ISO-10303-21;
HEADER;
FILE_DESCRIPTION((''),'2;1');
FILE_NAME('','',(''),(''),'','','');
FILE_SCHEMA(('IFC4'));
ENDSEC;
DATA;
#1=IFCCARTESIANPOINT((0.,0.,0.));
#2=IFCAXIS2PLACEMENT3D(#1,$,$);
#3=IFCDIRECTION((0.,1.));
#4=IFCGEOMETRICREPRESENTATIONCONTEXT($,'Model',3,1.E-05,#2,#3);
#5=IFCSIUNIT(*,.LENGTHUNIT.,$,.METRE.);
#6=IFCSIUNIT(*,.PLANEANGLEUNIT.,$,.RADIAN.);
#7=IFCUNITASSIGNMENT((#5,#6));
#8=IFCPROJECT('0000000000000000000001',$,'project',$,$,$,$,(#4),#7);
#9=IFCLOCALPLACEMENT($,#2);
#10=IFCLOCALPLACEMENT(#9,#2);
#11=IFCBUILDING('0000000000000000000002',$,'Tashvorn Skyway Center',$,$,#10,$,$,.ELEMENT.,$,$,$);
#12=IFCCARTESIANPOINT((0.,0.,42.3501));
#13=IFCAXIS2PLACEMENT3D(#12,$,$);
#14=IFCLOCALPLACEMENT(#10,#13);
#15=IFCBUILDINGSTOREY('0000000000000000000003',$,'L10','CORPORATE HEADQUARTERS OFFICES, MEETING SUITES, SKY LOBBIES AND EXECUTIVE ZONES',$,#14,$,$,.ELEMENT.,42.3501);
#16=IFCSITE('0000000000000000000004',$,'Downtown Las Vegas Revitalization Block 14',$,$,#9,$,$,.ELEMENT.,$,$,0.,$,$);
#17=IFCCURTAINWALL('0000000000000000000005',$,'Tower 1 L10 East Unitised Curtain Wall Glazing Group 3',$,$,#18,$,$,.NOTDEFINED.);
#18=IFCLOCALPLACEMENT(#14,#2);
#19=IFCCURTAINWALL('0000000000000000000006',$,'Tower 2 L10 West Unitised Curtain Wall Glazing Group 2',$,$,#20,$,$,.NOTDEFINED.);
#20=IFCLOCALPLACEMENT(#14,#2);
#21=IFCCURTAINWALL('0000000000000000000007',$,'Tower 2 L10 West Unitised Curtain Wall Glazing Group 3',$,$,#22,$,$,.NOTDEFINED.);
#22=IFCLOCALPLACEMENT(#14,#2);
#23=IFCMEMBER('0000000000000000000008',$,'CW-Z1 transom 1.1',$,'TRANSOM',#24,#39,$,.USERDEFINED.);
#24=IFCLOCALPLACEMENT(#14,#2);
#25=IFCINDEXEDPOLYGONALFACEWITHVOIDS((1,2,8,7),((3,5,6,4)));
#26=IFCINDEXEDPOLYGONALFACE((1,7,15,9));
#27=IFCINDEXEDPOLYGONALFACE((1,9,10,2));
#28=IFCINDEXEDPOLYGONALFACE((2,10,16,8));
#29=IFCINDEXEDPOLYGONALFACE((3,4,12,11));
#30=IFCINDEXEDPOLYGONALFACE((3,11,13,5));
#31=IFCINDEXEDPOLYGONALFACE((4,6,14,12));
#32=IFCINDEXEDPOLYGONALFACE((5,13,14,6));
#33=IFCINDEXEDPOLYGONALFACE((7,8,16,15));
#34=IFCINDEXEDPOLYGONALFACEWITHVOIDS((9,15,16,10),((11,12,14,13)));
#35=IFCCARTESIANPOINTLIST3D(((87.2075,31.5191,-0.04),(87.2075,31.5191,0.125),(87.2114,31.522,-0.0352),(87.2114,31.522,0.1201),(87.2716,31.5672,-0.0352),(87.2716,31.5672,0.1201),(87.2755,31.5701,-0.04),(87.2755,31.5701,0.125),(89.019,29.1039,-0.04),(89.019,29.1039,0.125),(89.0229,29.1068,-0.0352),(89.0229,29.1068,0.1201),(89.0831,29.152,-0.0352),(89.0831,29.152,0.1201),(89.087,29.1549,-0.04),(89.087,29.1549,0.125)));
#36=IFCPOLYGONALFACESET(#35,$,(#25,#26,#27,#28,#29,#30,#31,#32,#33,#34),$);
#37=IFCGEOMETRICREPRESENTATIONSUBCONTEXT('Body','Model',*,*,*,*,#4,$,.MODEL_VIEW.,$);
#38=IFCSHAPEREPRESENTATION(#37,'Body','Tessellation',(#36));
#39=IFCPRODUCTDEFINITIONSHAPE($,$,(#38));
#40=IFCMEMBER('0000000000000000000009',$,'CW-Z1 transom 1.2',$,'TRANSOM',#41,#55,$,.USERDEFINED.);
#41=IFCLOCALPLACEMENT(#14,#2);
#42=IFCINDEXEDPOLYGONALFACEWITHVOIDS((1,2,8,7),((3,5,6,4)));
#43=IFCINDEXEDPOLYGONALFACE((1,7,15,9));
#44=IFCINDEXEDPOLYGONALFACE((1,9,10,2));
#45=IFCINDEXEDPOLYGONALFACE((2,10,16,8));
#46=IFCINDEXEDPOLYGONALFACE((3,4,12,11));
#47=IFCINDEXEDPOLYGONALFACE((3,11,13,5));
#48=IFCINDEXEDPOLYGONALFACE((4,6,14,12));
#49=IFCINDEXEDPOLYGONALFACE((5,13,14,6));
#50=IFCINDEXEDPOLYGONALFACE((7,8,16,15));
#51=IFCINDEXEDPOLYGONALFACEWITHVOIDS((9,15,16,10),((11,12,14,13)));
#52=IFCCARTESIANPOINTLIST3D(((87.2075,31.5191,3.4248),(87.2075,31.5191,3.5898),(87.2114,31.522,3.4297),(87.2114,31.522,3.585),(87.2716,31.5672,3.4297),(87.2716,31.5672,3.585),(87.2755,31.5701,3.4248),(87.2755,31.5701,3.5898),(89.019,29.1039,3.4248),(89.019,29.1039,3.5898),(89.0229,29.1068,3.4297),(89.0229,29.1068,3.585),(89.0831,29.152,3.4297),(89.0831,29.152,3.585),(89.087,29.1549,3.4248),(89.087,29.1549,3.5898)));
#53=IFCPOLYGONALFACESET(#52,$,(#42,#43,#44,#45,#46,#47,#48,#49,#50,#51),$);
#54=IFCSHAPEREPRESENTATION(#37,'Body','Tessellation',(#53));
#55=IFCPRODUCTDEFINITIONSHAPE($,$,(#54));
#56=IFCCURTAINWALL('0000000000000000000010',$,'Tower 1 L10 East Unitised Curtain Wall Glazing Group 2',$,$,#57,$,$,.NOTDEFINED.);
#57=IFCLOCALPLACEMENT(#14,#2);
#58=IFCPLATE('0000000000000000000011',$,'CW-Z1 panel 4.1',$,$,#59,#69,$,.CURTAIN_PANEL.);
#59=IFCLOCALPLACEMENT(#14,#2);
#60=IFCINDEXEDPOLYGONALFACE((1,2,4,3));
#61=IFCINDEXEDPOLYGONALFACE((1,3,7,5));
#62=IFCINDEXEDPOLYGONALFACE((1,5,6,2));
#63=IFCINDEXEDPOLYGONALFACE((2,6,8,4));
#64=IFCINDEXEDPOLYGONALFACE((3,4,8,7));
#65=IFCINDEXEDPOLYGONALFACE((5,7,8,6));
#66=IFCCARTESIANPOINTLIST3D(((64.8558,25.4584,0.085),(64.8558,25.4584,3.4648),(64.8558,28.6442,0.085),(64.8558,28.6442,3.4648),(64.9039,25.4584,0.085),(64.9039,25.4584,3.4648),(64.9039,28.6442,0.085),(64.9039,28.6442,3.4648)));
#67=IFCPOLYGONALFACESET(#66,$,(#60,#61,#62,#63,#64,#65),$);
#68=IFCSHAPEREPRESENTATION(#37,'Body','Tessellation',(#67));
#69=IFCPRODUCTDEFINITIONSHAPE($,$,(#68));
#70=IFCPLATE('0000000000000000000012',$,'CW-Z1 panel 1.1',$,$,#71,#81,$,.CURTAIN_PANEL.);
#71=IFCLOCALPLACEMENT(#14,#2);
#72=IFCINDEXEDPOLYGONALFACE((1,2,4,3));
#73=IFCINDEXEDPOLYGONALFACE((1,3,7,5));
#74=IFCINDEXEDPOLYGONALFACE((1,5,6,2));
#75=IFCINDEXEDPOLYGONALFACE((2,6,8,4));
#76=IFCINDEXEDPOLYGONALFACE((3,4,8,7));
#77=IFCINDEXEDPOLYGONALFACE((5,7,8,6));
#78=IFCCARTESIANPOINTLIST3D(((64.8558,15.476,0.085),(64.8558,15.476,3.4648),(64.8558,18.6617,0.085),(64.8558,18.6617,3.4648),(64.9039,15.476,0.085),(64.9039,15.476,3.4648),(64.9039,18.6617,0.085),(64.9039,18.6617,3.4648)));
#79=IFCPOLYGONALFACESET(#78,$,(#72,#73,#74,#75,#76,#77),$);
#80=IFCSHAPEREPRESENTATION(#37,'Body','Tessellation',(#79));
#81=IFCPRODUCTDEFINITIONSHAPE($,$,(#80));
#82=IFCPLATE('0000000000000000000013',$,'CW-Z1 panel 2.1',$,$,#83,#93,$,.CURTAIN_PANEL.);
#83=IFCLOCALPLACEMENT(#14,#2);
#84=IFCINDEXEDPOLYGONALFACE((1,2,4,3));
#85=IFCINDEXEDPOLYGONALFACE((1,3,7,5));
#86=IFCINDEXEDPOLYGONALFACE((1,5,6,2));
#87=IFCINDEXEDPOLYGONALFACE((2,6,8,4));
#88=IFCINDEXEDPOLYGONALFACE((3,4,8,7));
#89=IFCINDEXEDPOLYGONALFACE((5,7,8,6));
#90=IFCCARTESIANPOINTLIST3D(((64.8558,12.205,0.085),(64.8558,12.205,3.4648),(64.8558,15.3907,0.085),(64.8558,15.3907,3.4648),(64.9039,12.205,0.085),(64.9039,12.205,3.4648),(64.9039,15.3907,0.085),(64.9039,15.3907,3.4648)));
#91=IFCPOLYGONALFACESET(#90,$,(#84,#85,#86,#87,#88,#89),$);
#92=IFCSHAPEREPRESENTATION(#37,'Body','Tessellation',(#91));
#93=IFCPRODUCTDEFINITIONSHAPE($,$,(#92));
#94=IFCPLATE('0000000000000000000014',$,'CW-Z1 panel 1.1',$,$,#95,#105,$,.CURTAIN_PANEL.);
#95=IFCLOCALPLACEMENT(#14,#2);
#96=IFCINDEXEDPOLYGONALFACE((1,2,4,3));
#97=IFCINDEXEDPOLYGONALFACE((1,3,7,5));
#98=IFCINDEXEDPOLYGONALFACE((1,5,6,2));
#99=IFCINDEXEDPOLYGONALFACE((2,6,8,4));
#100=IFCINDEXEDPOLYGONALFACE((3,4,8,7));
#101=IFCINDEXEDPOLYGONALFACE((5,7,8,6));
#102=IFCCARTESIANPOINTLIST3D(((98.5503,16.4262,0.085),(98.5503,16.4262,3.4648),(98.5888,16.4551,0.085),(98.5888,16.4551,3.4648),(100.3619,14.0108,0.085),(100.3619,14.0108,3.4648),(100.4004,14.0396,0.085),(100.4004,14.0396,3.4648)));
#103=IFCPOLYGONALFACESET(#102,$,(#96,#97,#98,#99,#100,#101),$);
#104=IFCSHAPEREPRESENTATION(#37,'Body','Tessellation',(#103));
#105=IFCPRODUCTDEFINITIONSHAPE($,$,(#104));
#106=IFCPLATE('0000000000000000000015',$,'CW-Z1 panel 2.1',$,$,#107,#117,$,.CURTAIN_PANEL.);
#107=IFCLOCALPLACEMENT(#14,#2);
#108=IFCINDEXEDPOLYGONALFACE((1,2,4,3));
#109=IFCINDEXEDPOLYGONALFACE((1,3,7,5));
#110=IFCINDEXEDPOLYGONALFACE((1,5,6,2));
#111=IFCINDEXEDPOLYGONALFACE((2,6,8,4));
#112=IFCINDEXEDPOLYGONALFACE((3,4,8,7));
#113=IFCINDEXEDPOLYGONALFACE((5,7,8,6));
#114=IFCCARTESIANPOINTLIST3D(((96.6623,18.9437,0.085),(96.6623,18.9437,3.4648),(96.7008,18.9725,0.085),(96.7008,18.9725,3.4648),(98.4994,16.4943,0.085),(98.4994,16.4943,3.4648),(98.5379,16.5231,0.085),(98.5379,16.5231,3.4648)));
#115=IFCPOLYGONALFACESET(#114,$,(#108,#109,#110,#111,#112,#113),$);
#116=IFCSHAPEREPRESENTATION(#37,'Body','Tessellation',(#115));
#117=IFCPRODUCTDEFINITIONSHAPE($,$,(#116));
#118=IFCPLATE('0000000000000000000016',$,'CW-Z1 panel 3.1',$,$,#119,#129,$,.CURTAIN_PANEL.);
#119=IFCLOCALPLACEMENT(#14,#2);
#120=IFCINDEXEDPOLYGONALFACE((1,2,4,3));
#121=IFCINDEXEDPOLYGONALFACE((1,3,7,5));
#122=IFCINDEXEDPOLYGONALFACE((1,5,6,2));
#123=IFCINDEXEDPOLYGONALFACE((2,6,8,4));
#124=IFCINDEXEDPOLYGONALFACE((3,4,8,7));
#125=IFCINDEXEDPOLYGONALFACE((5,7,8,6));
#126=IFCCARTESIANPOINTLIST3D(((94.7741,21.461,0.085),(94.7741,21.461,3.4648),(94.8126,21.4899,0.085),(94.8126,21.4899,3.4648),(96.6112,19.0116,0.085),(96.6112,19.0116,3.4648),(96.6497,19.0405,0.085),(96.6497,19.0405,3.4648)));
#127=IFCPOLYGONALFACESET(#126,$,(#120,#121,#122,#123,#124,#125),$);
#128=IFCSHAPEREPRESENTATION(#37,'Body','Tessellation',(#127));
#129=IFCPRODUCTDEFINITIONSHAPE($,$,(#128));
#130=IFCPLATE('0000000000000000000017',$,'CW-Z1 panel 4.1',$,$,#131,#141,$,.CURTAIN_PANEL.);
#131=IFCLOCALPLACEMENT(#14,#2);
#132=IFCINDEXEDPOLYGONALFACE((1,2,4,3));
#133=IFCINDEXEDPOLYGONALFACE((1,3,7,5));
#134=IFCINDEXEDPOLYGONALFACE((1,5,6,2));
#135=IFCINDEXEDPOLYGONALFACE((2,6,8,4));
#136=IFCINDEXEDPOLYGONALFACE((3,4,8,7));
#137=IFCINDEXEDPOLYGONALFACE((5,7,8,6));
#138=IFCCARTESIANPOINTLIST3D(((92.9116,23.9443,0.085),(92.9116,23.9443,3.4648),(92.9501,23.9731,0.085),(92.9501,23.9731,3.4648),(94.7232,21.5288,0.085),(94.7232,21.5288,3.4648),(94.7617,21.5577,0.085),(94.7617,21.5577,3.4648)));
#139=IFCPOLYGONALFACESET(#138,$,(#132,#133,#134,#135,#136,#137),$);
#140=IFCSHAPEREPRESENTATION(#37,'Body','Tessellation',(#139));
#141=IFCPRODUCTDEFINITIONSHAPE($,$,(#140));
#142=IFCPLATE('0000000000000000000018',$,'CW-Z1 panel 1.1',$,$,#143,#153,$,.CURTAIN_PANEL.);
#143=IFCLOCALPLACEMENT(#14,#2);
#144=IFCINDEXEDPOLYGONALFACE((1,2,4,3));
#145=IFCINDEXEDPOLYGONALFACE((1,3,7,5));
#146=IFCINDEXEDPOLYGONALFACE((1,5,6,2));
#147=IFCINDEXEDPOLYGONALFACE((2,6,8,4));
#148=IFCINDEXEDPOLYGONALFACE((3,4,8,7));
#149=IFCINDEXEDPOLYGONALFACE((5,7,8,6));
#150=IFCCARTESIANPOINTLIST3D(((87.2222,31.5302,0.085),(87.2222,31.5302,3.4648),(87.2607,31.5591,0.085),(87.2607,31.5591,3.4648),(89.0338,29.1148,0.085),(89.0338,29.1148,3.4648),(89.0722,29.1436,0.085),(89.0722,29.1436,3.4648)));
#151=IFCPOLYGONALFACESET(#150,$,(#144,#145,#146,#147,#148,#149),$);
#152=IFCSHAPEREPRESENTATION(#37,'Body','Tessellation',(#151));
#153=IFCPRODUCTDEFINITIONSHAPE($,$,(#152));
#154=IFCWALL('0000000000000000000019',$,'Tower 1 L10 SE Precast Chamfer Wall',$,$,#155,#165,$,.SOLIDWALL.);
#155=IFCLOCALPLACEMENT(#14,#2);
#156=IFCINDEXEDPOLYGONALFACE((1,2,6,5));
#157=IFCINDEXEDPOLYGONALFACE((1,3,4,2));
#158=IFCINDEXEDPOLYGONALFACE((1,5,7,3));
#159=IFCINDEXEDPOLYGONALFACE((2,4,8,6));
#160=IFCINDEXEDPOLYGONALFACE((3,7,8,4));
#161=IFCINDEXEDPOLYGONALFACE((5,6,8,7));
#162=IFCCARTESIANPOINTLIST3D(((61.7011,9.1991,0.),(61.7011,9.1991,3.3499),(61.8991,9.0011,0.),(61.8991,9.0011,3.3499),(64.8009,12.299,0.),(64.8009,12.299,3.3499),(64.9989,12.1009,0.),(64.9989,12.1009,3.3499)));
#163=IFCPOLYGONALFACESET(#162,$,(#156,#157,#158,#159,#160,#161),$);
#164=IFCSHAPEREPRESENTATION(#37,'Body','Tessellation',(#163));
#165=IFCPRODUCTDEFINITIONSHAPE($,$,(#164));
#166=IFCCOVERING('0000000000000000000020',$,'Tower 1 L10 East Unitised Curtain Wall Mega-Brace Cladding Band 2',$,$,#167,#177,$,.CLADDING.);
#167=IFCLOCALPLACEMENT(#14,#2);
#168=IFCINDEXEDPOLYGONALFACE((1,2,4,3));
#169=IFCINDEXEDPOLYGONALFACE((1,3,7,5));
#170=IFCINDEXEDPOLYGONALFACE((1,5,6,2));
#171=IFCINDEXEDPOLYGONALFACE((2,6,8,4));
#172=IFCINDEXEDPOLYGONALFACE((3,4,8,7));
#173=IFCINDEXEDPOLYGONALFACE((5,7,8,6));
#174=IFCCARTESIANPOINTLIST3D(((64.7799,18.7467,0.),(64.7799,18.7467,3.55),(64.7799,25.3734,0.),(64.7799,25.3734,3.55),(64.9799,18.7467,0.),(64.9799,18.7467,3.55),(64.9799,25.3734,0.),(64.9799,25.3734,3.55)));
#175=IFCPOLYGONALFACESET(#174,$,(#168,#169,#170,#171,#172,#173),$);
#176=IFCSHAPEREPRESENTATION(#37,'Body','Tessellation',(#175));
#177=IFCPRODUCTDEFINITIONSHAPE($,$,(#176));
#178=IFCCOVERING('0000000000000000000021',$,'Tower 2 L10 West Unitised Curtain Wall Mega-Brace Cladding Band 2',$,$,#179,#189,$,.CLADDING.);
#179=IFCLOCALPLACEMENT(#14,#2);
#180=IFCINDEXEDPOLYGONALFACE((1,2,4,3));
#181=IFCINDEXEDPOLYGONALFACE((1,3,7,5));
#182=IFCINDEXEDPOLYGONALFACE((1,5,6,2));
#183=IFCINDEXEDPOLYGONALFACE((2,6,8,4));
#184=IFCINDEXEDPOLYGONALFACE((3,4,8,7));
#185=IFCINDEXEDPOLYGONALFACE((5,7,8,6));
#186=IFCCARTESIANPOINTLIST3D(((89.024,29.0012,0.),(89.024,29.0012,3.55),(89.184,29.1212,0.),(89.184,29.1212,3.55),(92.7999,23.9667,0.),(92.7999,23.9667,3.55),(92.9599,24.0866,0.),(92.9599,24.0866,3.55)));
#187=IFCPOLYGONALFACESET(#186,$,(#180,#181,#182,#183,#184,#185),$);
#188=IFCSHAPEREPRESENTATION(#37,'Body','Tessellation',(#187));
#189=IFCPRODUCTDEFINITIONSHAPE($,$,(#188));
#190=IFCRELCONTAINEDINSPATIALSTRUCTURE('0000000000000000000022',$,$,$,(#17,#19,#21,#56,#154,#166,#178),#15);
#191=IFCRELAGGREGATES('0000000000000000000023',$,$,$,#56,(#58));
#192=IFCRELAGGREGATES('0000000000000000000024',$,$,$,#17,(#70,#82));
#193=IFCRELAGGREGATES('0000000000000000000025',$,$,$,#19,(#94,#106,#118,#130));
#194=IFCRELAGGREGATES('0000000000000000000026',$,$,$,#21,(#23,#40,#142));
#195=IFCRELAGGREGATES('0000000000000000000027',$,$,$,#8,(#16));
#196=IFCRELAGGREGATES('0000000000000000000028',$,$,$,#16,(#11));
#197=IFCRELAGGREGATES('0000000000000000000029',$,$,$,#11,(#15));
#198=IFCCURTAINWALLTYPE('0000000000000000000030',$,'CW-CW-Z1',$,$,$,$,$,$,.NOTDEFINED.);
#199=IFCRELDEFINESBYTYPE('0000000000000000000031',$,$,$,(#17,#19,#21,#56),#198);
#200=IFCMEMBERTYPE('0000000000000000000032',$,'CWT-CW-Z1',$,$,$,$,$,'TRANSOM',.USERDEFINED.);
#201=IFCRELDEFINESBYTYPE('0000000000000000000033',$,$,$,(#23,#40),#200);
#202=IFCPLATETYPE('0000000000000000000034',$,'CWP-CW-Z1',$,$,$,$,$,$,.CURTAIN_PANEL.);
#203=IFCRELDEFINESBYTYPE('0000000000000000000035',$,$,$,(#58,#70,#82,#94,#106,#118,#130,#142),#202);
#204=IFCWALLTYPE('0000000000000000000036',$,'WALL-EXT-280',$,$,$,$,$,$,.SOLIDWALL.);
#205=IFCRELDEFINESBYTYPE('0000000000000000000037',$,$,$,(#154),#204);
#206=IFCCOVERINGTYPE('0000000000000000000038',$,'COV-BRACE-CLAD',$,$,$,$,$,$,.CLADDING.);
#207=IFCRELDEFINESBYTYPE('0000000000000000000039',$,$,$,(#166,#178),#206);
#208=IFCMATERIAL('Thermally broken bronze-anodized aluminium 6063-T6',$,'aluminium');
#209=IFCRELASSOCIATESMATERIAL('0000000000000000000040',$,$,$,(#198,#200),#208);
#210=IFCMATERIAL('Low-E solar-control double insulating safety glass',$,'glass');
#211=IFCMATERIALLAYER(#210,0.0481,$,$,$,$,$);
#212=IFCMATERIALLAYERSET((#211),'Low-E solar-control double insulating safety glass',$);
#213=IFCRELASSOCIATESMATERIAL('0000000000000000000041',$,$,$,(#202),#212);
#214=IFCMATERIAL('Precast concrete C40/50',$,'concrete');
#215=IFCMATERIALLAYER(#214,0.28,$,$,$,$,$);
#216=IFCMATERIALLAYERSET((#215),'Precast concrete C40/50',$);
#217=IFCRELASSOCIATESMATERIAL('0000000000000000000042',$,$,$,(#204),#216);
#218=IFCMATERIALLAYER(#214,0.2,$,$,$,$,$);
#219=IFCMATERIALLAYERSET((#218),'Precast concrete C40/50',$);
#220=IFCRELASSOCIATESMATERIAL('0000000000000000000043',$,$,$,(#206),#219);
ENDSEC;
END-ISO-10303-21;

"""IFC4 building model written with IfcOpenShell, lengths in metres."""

from ifc_helpers import new_model, si_unit, direction, frame, frame_2d, origin, origin_2d, place, context, subcontext, project, spatial, rectangle, hollow_rectangle, extrude, material, layer, layer_set, material_profile, profile_set, type_object, element, aggregate, save


model = new_model("IFC4")

# Units and contexts
model_context = context("Model", 3, precision=1e-05, world=origin(), true_north=direction((0.0, 1.0)))
body_context = subcontext(model_context, "Body", "Model", "MODEL_VIEW")
ifc_project = project(units=[si_unit("LENGTHUNIT", "METRE"), si_unit("PLANEANGLEUNIT", "RADIAN")], contexts=[model_context])

# Site, building, storey
site_placement = place(None, origin())
site = spatial("IfcSite", under=ifc_project, at=site_placement, Name="Downtown Las Vegas Revitalization Block 14", CompositionType="ELEMENT", RefElevation=0.0)
building_placement = place(site_placement, origin())
building = spatial("IfcBuilding", under=site, at=building_placement, Name="Tashvorn Skyway Center", CompositionType="ELEMENT")
storey_placement = place(building_placement, frame((0.0, 0.0, 42.3501)))
storey = spatial("IfcBuildingStorey", under=building, at=storey_placement, Name="L10", Description="CORPORATE HEADQUARTERS OFFICES, MEETING SUITES, SKY LOBBIES AND EXECUTIVE ZONES", CompositionType="ELEMENT", Elevation=42.3501)

# Curtain walls
ifc_material_1 = material(Name="Thermally broken bronze-anodized aluminium 6063-T6", Category="aluminium")
curtain_wall_type = type_object("IfcCurtainWallType", Name="CW-CW-Z1", PredefinedType="NOTDEFINED", material=ifc_material_1)
curtain_wall_1_placement = place(storey_placement, origin())
curtain_wall_1 = element("IfcCurtainWall", 1, at=curtain_wall_1_placement, inside=storey, type_object=curtain_wall_type, Name="Tower 1 L10 East Unitised Curtain Wall Glazing Group 3", PredefinedType="NOTDEFINED")
curtain_wall_2_placement = place(storey_placement, origin())
curtain_wall_2 = element("IfcCurtainWall", 2, at=curtain_wall_2_placement, inside=storey, type_object=curtain_wall_type, Name="Tower 2 L10 West Unitised Curtain Wall Glazing Group 2", PredefinedType="NOTDEFINED")

# Curtain wall
curtain_wall_3_placement = place(storey_placement, origin())
curtain_wall_3 = element("IfcCurtainWall", 3, at=curtain_wall_3_placement, inside=storey, type_object=curtain_wall_type, Name="Tower 2 L10 West Unitised Curtain Wall Glazing Group 3", PredefinedType="NOTDEFINED")

# Members
ifc_material_profile_1 = material_profile(ifc_material_1, hollow_rectangle(XDim=0.085, YDim=0.165, WallThickness=0.0049, at=origin_2d()), Name="ALU-TRAN-85x165")
ifc_profile_set_1 = profile_set([ifc_material_profile_1], Name="Thermally broken bronze-anodized aluminium 6063-T6")
member_type_1 = type_object("IfcMemberType", Name="CWT-CW-Z1", ElementType="TRANSOM", PredefinedType="USERDEFINED", material=ifc_profile_set_1)
member_1_placement = place(storey_placement, frame((89.053, 29.1294, 0.0425), z_axis=(-0.600013, 0.79999, 0.0), x_axis=(-0.79999, -0.600013, 0.0)))
member_1 = element("IfcMember", 4, at=member_1_placement, type_object=member_type_1, Name="CW-Z1 transom 1.1", ObjectType="TRANSOM", PredefinedType="USERDEFINED", context=body_context, shape_type="SweptSolid", body=[
    extrude(hollow_rectangle(XDim=0.085, YDim=0.165, WallThickness=0.0049, at=origin_2d()), origin(), (0.0, 0.0, 1.0), 3.019),
])
member_2_placement = place(storey_placement, frame((89.053, 29.1294, 3.5073), z_axis=(-0.600013, 0.79999, 0.0), x_axis=(-0.79999, -0.600013, 0.0)))
member_2 = element("IfcMember", 5, at=member_2_placement, type_object=member_type_1, Name="CW-Z1 transom 1.2", ObjectType="TRANSOM", PredefinedType="USERDEFINED", context=body_context, shape_type="SweptSolid", body=[
    extrude(hollow_rectangle(XDim=0.085, YDim=0.165, WallThickness=0.0049, at=origin_2d()), origin(), (0.0, 0.0, 1.0), 3.019),
])

# Curtain wall, plate
curtain_wall_4_placement = place(storey_placement, origin())
curtain_wall_4 = element("IfcCurtainWall", 6, at=curtain_wall_4_placement, inside=storey, type_object=curtain_wall_type, Name="Tower 1 L10 East Unitised Curtain Wall Glazing Group 2", PredefinedType="NOTDEFINED")
ifc_material_2 = material(Name="Low-E solar-control double insulating safety glass", Category="glass")
ifc_layer_1 = layer(ifc_material_2, 0.0481)
ifc_layer_set_1 = layer_set([ifc_layer_1], Name="Low-E solar-control double insulating safety glass")
plate_type = type_object("IfcPlateType", Name="CWP-CW-Z1", PredefinedType="CURTAIN_PANEL", material=ifc_layer_set_1)
plate_1_placement = place(storey_placement, frame((64.8799, 27.0513, 0.085), z_axis=(0.0, 0.0, 1.0), x_axis=(0.0, -1.0, 0.0)))
plate_1 = element("IfcPlate", 7, at=plate_1_placement, type_object=plate_type, Name="CW-Z1 panel 4.1", PredefinedType="CURTAIN_PANEL", context=body_context, shape_type="SweptSolid", body=[
    extrude(rectangle(XDim=3.1858, YDim=0.0481, at=origin_2d()), origin(), (0.0, 0.0, 1.0), 3.3799),
])
aggregate(curtain_wall_4, [plate_1])

# Plates
plate_2_placement = place(storey_placement, frame((64.8799, 17.0688, 0.085), z_axis=(0.0, 0.0, 1.0), x_axis=(0.0, -1.0, 0.0)))
plate_2 = element("IfcPlate", 8, at=plate_2_placement, type_object=plate_type, Name="CW-Z1 panel 1.1", PredefinedType="CURTAIN_PANEL", context=body_context, shape_type="SweptSolid", body=[
    extrude(rectangle(XDim=3.1858, YDim=0.0481, at=origin_2d()), origin(), (0.0, 0.0, 1.0), 3.3799),
])
plate_3_placement = place(storey_placement, frame((64.8799, 13.7979, 0.085), z_axis=(0.0, 0.0, 1.0), x_axis=(0.0, -1.0, 0.0)))
plate_3 = element("IfcPlate", 9, at=plate_3_placement, type_object=plate_type, Name="CW-Z1 panel 2.1", PredefinedType="CURTAIN_PANEL", context=body_context, shape_type="SweptSolid", body=[
    extrude(rectangle(XDim=3.1858, YDim=0.0481, at=origin_2d()), origin(), (0.0, 0.0, 1.0), 3.3799),
])
aggregate(curtain_wall_1, [plate_2, plate_3])
plate_4_placement = place(storey_placement, frame((99.4753, 15.2329, 0.085), z_axis=(0.0, 0.0, 1.0), x_axis=(-0.599997, 0.800002, 0.0)))
plate_4 = element("IfcPlate", 10, at=plate_4_placement, type_object=plate_type, Name="CW-Z1 panel 1.1", PredefinedType="CURTAIN_PANEL", context=body_context, shape_type="SweptSolid", body=[
    extrude(rectangle(XDim=3.0193, YDim=0.0481, at=origin_2d()), origin(), (0.0, 0.0, 1.0), 3.3799),
])
plate_5_placement = place(storey_placement, frame((97.6001, 17.7334, 0.085), z_axis=(0.0, 0.0, 1.0), x_axis=(-0.599997, 0.800002, 0.0)))
plate_5 = element("IfcPlate", 11, at=plate_5_placement, type_object=plate_type, Name="CW-Z1 panel 2.1", PredefinedType="CURTAIN_PANEL", context=body_context, shape_type="SweptSolid", body=[
    extrude(rectangle(XDim=3.0618, YDim=0.0481, at=origin_2d()), origin(), (0.0, 0.0, 1.0), 3.3799),
])
plate_6_placement = place(storey_placement, frame((95.7119, 20.2507, 0.085), z_axis=(0.0, 0.0, 1.0), x_axis=(-0.599997, 0.800002, 0.0)))
plate_6 = element("IfcPlate", 12, at=plate_6_placement, type_object=plate_type, Name="CW-Z1 panel 3.1", PredefinedType="CURTAIN_PANEL", context=body_context, shape_type="SweptSolid", body=[
    extrude(rectangle(XDim=3.0618, YDim=0.0481, at=origin_2d()), origin(), (0.0, 0.0, 1.0), 3.3799),
])
plate_7_placement = place(storey_placement, frame((93.8367, 22.751, 0.085), z_axis=(0.0, 0.0, 1.0), x_axis=(-0.599997, 0.800002, 0.0)))
plate_7 = element("IfcPlate", 13, at=plate_7_placement, type_object=plate_type, Name="CW-Z1 panel 4.1", PredefinedType="CURTAIN_PANEL", context=body_context, shape_type="SweptSolid", body=[
    extrude(rectangle(XDim=3.0193, YDim=0.0481, at=origin_2d()), origin(), (0.0, 0.0, 1.0), 3.3799),
])
aggregate(curtain_wall_2, [plate_4, plate_5, plate_6, plate_7])
plate_8_placement = place(storey_placement, frame((88.1472, 30.3369, 0.085), z_axis=(0.0, 0.0, 1.0), x_axis=(-0.599997, 0.800002, 0.0)))
plate_8 = element("IfcPlate", 14, at=plate_8_placement, type_object=plate_type, Name="CW-Z1 panel 1.1", PredefinedType="CURTAIN_PANEL", context=body_context, shape_type="SweptSolid", body=[
    extrude(rectangle(XDim=3.0193, YDim=0.0481, at=origin_2d()), origin(), (0.0, 0.0, 1.0), 3.3799),
])
aggregate(curtain_wall_3, [member_1, member_2, plate_8])

# Wall
ifc_material_3 = material(Name="Precast concrete C40/50", Category="concrete")
ifc_layer_2 = layer(ifc_material_3, 0.28)
ifc_layer_set_2 = layer_set([ifc_layer_2], Name="Precast concrete C40/50")
wall_type = type_object("IfcWallType", Name="WALL-EXT-280", PredefinedType="SOLIDWALL", material=ifc_layer_set_2)
wall_placement = place(storey_placement, frame((64.8999, 12.2, 0.0), z_axis=(0.0, 0.0, 1.0), x_axis=(-0.707107, -0.707107, 0.0)))
element("IfcWall", 15, at=wall_placement, inside=storey, type_object=wall_type, Name="Tower 1 L10 SE Precast Chamfer Wall", PredefinedType="SOLIDWALL", context=body_context, shape_type="SweptSolid", body=[
    extrude(rectangle(XDim=4.3838, YDim=0.28, at=frame_2d((2.1919, 0.0))), origin(), (0.0, 0.0, 1.0), 3.3499),
])

# Coverings
ifc_layer_3 = layer(ifc_material_3, 0.2)
ifc_layer_set_3 = layer_set([ifc_layer_3], Name="Precast concrete C40/50")
covering_type_1 = type_object("IfcCoveringType", Name="COV-BRACE-CLAD", PredefinedType="CLADDING", material=ifc_layer_set_3)
covering_1_placement = place(storey_placement, frame((64.8799, 22.0601, 0.0), z_axis=(0.0, 0.0, 1.0), x_axis=(0.0, -1.0, 0.0)))
element("IfcCovering", 16, at=covering_1_placement, inside=storey, type_object=covering_type_1, Name="Tower 1 L10 East Unitised Curtain Wall Mega-Brace Cladding Band 2", PredefinedType="CLADDING", context=body_context, shape_type="SweptSolid", body=[
    extrude(rectangle(XDim=6.6267, YDim=0.2, at=origin_2d()), origin(), (0.0, 0.0, 1.0), 3.55),
])
covering_2_placement = place(storey_placement, frame((90.9919, 26.5439, 0.0), z_axis=(0.0, 0.0, 1.0), x_axis=(-0.6, 0.8, 0.0)))
element("IfcCovering", 17, at=covering_2_placement, inside=storey, type_object=covering_type_1, Name="Tower 2 L10 West Unitised Curtain Wall Mega-Brace Cladding Band 2", PredefinedType="CLADDING", context=body_context, shape_type="SweptSolid", body=[
    extrude(rectangle(XDim=6.2932, YDim=0.2, at=origin_2d()), origin(), (0.0, 0.0, 1.0), 3.55),
])

save(model, "model.ifc")
